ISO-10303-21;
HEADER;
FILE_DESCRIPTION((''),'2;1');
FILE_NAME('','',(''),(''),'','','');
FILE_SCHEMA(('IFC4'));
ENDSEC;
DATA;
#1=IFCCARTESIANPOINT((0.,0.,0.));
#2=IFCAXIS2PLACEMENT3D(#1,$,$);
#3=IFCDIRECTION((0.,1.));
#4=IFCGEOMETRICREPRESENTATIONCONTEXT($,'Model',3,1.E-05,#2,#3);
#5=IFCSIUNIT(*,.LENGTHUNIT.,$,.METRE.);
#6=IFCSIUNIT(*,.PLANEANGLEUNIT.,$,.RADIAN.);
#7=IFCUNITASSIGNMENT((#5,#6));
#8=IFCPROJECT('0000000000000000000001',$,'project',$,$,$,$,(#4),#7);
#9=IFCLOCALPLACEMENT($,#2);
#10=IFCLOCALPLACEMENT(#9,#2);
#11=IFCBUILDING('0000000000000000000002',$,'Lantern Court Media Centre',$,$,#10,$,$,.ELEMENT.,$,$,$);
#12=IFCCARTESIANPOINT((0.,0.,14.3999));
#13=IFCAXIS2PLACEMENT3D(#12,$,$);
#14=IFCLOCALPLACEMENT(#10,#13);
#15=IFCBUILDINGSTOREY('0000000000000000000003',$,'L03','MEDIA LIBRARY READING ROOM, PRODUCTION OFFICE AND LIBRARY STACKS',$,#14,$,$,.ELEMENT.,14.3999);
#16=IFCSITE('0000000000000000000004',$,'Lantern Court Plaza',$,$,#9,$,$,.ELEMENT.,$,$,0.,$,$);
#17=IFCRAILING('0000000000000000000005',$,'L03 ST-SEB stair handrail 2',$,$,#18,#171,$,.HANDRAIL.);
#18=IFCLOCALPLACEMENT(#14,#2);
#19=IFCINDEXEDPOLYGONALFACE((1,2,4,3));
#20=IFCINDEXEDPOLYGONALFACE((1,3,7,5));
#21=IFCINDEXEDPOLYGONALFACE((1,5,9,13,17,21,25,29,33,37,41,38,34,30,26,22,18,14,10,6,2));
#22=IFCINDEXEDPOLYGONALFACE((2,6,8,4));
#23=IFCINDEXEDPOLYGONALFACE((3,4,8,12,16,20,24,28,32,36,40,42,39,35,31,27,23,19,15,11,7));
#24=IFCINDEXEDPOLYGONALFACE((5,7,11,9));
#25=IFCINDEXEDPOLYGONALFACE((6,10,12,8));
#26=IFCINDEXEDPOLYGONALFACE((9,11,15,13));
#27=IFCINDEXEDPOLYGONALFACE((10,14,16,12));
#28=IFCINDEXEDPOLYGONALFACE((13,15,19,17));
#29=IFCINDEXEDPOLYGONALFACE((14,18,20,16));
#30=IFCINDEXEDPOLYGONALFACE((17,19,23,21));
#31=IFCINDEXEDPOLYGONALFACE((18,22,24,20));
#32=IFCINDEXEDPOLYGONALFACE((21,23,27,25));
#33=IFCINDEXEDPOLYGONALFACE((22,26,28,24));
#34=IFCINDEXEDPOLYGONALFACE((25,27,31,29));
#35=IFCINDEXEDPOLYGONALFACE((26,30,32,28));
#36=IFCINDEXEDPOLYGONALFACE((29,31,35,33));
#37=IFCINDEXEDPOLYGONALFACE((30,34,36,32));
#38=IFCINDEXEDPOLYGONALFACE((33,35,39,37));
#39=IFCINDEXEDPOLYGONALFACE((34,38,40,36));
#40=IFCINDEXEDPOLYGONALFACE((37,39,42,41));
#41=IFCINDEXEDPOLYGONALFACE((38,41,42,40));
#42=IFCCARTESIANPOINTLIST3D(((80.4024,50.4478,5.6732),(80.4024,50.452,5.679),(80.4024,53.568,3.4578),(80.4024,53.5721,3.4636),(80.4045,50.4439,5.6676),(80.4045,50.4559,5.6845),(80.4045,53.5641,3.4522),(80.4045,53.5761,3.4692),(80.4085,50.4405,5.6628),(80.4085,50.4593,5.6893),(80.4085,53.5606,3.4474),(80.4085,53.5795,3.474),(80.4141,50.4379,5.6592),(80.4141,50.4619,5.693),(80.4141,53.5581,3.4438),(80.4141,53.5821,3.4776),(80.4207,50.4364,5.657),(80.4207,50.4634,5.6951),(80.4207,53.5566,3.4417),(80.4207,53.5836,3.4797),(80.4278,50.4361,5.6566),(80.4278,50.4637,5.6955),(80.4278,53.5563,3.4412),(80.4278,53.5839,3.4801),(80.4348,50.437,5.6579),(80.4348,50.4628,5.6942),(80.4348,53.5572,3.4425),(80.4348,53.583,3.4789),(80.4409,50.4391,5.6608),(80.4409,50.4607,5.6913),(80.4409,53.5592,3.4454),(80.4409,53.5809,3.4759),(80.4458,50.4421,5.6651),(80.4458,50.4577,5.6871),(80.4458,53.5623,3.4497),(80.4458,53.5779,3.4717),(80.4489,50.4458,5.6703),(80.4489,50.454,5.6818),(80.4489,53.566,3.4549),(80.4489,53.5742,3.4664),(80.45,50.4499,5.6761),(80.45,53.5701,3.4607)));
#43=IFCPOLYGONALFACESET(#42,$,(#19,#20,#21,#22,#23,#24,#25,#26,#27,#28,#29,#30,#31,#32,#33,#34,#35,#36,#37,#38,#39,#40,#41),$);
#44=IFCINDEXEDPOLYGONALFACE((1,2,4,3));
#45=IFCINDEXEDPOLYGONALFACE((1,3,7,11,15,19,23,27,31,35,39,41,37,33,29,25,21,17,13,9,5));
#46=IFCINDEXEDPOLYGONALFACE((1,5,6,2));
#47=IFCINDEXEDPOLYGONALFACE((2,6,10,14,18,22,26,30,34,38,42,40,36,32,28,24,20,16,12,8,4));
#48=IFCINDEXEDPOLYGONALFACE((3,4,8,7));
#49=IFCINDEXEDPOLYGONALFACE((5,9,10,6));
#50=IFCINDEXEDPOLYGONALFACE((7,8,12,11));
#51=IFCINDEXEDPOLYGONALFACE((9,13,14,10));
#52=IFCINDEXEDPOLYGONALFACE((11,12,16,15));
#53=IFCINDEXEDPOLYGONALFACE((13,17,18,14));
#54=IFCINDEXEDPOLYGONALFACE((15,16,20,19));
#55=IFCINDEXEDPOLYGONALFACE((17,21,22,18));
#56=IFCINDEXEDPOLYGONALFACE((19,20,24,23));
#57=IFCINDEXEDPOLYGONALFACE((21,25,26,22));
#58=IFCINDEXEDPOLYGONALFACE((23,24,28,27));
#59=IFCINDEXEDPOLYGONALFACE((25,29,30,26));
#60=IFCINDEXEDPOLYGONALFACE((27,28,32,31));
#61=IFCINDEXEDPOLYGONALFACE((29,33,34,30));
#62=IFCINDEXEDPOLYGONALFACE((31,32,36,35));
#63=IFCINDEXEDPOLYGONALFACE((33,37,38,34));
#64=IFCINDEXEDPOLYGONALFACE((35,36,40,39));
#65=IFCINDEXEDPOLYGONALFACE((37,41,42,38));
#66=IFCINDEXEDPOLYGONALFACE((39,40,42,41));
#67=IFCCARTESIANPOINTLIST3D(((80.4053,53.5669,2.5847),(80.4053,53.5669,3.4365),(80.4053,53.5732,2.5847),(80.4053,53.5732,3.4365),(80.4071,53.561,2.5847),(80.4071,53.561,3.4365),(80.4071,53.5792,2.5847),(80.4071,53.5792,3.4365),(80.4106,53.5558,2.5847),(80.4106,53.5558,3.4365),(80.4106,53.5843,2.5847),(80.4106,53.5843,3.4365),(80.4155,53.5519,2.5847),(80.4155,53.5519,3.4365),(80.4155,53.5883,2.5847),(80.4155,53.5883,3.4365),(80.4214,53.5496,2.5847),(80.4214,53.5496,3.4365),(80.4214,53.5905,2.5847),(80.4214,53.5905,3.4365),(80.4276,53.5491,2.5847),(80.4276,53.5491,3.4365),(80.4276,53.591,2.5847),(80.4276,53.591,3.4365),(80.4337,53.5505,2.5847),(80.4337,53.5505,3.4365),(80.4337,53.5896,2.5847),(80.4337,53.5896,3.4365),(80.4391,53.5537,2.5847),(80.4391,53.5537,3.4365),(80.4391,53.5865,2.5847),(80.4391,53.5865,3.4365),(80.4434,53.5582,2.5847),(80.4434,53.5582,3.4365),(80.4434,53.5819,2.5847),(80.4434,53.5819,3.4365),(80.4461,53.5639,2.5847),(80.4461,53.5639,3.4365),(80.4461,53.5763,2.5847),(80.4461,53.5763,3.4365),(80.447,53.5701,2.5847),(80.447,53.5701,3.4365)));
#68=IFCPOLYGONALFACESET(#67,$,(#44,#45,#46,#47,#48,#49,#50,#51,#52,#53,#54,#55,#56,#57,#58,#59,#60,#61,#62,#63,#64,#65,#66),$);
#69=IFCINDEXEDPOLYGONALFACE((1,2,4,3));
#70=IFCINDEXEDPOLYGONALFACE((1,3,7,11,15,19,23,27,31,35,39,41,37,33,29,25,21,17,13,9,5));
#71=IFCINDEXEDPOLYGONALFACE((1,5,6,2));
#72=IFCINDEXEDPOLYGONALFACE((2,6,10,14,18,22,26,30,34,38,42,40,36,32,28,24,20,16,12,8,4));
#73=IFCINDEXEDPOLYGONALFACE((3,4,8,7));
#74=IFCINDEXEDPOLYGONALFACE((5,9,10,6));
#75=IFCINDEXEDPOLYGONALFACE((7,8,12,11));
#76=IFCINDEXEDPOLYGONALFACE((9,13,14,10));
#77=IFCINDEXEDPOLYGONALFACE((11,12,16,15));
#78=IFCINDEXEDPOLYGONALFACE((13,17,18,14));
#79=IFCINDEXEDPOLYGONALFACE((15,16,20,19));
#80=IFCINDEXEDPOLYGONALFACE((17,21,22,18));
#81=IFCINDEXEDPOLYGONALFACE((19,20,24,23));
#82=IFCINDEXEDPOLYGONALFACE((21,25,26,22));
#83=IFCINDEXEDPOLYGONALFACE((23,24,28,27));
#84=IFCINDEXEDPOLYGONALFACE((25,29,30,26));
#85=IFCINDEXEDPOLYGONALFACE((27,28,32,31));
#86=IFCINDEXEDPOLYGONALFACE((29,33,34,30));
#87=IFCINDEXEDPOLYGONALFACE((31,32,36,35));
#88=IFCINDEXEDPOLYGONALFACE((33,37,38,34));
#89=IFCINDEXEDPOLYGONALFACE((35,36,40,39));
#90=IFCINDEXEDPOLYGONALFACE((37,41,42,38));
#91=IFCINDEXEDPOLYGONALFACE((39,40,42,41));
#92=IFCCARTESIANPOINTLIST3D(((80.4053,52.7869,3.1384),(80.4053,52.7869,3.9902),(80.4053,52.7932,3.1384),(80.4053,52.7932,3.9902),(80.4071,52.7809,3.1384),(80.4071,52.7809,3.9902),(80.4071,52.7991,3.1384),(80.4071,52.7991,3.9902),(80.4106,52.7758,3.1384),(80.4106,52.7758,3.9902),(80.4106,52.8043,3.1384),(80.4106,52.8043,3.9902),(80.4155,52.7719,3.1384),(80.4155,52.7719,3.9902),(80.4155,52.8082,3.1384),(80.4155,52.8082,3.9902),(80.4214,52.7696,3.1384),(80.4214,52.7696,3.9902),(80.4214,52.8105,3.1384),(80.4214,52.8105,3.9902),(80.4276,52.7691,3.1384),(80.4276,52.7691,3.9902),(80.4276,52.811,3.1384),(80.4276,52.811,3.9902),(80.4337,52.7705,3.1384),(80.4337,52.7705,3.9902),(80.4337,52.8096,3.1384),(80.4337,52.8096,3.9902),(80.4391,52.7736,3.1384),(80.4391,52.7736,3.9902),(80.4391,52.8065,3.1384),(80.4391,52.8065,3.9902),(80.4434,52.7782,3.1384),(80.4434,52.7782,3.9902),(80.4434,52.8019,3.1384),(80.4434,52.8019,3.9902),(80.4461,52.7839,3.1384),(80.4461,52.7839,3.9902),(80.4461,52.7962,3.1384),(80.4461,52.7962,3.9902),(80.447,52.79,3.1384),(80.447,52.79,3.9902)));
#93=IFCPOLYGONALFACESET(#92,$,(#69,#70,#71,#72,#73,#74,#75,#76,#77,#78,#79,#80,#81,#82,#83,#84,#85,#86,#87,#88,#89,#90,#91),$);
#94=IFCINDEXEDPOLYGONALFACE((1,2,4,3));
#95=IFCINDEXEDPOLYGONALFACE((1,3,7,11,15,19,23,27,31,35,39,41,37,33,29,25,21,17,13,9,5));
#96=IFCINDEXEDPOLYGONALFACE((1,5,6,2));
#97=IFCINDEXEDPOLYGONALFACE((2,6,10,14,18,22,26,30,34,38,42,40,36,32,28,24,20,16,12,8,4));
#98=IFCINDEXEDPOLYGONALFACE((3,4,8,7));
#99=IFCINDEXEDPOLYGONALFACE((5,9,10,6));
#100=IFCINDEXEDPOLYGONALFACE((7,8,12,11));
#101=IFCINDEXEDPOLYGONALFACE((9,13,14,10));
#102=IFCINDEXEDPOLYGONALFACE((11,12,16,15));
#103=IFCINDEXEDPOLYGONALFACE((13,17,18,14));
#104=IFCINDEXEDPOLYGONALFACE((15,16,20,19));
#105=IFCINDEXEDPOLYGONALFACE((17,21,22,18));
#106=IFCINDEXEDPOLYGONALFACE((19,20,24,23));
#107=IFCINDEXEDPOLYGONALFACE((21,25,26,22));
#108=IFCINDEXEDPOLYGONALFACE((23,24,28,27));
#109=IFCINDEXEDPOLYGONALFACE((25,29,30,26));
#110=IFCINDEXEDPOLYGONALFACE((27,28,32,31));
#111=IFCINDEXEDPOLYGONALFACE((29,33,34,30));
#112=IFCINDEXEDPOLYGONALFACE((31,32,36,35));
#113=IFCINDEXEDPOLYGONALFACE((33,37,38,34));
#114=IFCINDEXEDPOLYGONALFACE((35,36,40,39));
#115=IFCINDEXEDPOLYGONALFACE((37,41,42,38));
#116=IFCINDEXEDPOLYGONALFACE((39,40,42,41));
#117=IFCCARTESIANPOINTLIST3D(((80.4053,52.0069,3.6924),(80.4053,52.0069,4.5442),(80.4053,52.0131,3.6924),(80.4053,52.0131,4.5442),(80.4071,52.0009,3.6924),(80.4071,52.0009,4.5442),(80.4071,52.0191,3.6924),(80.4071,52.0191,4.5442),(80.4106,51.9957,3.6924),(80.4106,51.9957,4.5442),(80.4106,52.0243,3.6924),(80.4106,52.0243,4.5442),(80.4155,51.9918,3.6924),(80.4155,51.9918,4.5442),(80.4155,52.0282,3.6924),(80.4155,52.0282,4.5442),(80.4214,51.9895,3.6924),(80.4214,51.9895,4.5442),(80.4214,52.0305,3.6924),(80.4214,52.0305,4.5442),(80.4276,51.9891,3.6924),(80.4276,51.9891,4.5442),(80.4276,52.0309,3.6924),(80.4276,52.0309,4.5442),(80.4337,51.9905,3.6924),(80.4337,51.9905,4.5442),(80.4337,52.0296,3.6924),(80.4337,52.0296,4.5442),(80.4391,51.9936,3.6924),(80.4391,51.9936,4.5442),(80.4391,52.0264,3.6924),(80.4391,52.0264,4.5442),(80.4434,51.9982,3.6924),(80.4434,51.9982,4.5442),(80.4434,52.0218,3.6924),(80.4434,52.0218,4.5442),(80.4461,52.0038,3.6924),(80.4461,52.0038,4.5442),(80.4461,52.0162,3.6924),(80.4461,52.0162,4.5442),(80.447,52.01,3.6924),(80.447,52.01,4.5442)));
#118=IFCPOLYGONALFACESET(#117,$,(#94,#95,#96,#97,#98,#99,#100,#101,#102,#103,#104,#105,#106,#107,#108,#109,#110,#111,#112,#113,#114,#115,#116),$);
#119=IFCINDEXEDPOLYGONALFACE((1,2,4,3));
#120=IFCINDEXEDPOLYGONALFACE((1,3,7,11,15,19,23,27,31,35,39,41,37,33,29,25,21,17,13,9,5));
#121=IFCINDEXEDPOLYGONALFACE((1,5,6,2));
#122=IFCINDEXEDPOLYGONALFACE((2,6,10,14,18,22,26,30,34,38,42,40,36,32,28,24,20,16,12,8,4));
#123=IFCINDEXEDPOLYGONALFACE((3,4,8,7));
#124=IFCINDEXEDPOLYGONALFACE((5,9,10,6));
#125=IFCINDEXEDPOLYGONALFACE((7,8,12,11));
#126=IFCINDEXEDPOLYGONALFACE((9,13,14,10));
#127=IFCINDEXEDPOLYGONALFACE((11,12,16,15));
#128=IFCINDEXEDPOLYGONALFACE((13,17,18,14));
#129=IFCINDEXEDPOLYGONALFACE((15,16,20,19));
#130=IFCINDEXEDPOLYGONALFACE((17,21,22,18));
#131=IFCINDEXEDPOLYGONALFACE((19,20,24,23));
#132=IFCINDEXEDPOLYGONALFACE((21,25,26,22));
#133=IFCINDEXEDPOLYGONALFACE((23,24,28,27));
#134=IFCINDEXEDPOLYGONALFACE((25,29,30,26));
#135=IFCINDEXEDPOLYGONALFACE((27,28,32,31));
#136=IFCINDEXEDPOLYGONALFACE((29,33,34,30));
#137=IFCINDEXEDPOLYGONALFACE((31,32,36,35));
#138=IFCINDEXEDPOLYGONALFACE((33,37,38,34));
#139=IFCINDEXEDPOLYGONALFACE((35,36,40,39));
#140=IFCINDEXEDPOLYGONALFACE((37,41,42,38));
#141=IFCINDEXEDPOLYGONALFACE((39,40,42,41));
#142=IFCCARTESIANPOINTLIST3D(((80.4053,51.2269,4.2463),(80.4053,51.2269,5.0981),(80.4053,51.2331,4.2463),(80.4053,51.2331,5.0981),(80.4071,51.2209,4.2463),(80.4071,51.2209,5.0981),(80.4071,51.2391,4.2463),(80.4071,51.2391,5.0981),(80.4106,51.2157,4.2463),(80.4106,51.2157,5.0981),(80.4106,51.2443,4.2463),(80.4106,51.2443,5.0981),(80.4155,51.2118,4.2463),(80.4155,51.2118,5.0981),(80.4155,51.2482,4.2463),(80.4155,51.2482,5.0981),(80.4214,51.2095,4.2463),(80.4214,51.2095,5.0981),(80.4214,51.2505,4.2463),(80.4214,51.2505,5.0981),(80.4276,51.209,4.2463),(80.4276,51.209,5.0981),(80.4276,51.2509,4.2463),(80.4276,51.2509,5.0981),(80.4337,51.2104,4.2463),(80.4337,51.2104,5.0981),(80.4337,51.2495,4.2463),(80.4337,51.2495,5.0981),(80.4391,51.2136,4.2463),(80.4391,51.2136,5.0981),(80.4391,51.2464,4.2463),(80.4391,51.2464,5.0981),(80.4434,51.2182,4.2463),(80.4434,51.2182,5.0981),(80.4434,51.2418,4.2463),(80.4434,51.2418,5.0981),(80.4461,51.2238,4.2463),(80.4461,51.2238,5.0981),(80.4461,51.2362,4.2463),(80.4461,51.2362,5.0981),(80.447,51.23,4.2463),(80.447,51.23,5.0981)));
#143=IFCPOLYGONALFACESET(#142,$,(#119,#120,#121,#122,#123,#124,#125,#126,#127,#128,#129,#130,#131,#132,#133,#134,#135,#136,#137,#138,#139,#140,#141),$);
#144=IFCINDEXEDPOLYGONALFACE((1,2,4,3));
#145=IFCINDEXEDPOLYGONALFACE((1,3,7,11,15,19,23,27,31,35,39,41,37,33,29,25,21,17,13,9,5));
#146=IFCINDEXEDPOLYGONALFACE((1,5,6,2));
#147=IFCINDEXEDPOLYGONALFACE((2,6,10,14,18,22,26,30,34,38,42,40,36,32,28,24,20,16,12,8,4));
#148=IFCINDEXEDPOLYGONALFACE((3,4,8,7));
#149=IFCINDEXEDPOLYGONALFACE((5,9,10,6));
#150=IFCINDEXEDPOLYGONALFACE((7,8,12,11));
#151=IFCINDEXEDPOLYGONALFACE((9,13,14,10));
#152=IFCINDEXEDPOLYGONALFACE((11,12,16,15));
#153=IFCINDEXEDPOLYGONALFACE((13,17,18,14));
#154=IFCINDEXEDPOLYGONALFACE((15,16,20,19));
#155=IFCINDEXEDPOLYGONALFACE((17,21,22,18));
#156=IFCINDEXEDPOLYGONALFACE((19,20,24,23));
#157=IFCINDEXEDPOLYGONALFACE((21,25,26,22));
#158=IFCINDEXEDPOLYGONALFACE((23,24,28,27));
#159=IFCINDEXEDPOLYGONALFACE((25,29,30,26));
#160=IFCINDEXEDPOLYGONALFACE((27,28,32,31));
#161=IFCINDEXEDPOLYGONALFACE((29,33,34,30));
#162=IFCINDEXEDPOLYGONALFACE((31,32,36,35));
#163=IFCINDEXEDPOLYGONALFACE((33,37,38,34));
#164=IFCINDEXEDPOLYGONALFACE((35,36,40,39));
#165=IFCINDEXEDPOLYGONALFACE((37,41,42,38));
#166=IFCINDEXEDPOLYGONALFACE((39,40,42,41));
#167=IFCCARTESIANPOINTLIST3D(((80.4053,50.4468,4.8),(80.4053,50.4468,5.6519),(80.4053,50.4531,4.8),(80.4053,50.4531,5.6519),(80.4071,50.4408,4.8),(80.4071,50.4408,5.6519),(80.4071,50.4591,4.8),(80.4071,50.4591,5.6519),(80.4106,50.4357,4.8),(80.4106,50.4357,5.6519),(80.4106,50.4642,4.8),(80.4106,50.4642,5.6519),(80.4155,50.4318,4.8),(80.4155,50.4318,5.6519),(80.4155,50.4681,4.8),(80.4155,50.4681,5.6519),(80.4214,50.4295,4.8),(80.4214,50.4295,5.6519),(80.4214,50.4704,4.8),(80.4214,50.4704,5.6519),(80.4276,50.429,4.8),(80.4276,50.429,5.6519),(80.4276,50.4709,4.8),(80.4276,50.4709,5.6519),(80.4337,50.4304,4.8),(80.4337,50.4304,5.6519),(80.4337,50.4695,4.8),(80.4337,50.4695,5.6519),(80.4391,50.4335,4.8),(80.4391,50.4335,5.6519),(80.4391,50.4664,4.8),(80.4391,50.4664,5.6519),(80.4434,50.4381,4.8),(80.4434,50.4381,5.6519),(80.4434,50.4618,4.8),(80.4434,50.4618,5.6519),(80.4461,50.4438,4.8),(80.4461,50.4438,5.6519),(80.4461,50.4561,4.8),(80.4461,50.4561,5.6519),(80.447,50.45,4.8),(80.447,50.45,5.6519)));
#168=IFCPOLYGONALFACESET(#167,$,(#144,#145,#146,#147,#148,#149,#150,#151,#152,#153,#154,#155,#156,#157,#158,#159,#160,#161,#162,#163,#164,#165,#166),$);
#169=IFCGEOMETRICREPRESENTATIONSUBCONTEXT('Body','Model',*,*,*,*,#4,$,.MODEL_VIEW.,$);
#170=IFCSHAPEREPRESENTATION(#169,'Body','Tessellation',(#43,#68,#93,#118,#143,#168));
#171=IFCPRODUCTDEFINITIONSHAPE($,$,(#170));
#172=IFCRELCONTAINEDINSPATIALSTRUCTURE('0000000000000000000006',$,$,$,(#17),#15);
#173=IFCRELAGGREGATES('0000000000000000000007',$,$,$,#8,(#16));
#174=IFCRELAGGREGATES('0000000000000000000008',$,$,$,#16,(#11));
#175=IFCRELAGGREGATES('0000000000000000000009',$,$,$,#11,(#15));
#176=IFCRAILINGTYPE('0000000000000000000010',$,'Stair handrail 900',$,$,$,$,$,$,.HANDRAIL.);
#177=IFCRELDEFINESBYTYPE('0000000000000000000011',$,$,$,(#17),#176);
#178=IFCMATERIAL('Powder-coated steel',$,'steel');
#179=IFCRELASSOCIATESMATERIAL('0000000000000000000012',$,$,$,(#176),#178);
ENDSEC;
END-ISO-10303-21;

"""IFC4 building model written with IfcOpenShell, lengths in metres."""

from ifc_helpers import new_model, si_unit, direction, frame, origin, origin_2d, place, context, subcontext, project, spatial, circle, extrude, material, type_object, element, save


model = new_model("IFC4")

# Units and contexts
model_context = context("Model", 3, precision=1e-05, world=origin(), true_north=direction((0.0, 1.0)))
body_context = subcontext(model_context, "Body", "Model", "MODEL_VIEW")
ifc_project = project(units=[si_unit("LENGTHUNIT", "METRE"), si_unit("PLANEANGLEUNIT", "RADIAN")], contexts=[model_context])

# Site, building, storey
site_placement = place(None, origin())
site = spatial("IfcSite", under=ifc_project, at=site_placement, Name="Lantern Court Plaza", CompositionType="ELEMENT", RefElevation=0.0)
building_placement = place(site_placement, origin())
building = spatial("IfcBuilding", under=site, at=building_placement, Name="Lantern Court Media Centre", CompositionType="ELEMENT")
storey_placement = place(building_placement, frame((0.0, 0.0, 14.3999)))
storey = spatial("IfcBuildingStorey", under=building, at=storey_placement, Name="L03", Description="MEDIA LIBRARY READING ROOM, PRODUCTION OFFICE AND LIBRARY STACKS", CompositionType="ELEMENT", Elevation=14.3999)

# Railing
ifc_material_1 = material(Name="Powder-coated steel", Category="steel")
railing_type_1 = type_object("IfcRailingType", Name="Stair handrail 900", PredefinedType="HANDRAIL", material=ifc_material_1)
railing_1_placement = place(storey_placement, frame((80.426, 53.5701, 2.5847)))
element("IfcRailing", 1, at=railing_1_placement, inside=storey, type_object=railing_type_1, Name="L03 ST-SEB stair handrail 2", PredefinedType="HANDRAIL", context=body_context, shape_type="SweptSolid", body=[
    extrude(circle(Radius=0.0239, at=origin_2d()), frame((0.0, 0.0, 0.876), z_axis=(0.0, -0.815377, 0.57893), x_axis=(1.0, 0.0, 0.0)), (0.0, 0.0, 1.0), 3.8267),
    extrude(circle(Radius=0.021, at=origin_2d()), origin(), (0.0, 0.0, 1.0), 0.8518),
    extrude(circle(Radius=0.021, at=origin_2d()), frame((0.0, -0.78, 0.5537)), (0.0, 0.0, 1.0), 0.8518),
    extrude(circle(Radius=0.021, at=origin_2d()), frame((0.0, -1.5601, 1.1077)), (0.0, 0.0, 1.0), 0.8518),
    extrude(circle(Radius=0.021, at=origin_2d()), frame((0.0, -2.3401, 1.6616)), (0.0, 0.0, 1.0), 0.8518),
    extrude(circle(Radius=0.021, at=origin_2d()), frame((0.0, -3.1201, 2.2153)), (0.0, 0.0, 1.0), 0.8518),
])

save(model, "model.ifc")
